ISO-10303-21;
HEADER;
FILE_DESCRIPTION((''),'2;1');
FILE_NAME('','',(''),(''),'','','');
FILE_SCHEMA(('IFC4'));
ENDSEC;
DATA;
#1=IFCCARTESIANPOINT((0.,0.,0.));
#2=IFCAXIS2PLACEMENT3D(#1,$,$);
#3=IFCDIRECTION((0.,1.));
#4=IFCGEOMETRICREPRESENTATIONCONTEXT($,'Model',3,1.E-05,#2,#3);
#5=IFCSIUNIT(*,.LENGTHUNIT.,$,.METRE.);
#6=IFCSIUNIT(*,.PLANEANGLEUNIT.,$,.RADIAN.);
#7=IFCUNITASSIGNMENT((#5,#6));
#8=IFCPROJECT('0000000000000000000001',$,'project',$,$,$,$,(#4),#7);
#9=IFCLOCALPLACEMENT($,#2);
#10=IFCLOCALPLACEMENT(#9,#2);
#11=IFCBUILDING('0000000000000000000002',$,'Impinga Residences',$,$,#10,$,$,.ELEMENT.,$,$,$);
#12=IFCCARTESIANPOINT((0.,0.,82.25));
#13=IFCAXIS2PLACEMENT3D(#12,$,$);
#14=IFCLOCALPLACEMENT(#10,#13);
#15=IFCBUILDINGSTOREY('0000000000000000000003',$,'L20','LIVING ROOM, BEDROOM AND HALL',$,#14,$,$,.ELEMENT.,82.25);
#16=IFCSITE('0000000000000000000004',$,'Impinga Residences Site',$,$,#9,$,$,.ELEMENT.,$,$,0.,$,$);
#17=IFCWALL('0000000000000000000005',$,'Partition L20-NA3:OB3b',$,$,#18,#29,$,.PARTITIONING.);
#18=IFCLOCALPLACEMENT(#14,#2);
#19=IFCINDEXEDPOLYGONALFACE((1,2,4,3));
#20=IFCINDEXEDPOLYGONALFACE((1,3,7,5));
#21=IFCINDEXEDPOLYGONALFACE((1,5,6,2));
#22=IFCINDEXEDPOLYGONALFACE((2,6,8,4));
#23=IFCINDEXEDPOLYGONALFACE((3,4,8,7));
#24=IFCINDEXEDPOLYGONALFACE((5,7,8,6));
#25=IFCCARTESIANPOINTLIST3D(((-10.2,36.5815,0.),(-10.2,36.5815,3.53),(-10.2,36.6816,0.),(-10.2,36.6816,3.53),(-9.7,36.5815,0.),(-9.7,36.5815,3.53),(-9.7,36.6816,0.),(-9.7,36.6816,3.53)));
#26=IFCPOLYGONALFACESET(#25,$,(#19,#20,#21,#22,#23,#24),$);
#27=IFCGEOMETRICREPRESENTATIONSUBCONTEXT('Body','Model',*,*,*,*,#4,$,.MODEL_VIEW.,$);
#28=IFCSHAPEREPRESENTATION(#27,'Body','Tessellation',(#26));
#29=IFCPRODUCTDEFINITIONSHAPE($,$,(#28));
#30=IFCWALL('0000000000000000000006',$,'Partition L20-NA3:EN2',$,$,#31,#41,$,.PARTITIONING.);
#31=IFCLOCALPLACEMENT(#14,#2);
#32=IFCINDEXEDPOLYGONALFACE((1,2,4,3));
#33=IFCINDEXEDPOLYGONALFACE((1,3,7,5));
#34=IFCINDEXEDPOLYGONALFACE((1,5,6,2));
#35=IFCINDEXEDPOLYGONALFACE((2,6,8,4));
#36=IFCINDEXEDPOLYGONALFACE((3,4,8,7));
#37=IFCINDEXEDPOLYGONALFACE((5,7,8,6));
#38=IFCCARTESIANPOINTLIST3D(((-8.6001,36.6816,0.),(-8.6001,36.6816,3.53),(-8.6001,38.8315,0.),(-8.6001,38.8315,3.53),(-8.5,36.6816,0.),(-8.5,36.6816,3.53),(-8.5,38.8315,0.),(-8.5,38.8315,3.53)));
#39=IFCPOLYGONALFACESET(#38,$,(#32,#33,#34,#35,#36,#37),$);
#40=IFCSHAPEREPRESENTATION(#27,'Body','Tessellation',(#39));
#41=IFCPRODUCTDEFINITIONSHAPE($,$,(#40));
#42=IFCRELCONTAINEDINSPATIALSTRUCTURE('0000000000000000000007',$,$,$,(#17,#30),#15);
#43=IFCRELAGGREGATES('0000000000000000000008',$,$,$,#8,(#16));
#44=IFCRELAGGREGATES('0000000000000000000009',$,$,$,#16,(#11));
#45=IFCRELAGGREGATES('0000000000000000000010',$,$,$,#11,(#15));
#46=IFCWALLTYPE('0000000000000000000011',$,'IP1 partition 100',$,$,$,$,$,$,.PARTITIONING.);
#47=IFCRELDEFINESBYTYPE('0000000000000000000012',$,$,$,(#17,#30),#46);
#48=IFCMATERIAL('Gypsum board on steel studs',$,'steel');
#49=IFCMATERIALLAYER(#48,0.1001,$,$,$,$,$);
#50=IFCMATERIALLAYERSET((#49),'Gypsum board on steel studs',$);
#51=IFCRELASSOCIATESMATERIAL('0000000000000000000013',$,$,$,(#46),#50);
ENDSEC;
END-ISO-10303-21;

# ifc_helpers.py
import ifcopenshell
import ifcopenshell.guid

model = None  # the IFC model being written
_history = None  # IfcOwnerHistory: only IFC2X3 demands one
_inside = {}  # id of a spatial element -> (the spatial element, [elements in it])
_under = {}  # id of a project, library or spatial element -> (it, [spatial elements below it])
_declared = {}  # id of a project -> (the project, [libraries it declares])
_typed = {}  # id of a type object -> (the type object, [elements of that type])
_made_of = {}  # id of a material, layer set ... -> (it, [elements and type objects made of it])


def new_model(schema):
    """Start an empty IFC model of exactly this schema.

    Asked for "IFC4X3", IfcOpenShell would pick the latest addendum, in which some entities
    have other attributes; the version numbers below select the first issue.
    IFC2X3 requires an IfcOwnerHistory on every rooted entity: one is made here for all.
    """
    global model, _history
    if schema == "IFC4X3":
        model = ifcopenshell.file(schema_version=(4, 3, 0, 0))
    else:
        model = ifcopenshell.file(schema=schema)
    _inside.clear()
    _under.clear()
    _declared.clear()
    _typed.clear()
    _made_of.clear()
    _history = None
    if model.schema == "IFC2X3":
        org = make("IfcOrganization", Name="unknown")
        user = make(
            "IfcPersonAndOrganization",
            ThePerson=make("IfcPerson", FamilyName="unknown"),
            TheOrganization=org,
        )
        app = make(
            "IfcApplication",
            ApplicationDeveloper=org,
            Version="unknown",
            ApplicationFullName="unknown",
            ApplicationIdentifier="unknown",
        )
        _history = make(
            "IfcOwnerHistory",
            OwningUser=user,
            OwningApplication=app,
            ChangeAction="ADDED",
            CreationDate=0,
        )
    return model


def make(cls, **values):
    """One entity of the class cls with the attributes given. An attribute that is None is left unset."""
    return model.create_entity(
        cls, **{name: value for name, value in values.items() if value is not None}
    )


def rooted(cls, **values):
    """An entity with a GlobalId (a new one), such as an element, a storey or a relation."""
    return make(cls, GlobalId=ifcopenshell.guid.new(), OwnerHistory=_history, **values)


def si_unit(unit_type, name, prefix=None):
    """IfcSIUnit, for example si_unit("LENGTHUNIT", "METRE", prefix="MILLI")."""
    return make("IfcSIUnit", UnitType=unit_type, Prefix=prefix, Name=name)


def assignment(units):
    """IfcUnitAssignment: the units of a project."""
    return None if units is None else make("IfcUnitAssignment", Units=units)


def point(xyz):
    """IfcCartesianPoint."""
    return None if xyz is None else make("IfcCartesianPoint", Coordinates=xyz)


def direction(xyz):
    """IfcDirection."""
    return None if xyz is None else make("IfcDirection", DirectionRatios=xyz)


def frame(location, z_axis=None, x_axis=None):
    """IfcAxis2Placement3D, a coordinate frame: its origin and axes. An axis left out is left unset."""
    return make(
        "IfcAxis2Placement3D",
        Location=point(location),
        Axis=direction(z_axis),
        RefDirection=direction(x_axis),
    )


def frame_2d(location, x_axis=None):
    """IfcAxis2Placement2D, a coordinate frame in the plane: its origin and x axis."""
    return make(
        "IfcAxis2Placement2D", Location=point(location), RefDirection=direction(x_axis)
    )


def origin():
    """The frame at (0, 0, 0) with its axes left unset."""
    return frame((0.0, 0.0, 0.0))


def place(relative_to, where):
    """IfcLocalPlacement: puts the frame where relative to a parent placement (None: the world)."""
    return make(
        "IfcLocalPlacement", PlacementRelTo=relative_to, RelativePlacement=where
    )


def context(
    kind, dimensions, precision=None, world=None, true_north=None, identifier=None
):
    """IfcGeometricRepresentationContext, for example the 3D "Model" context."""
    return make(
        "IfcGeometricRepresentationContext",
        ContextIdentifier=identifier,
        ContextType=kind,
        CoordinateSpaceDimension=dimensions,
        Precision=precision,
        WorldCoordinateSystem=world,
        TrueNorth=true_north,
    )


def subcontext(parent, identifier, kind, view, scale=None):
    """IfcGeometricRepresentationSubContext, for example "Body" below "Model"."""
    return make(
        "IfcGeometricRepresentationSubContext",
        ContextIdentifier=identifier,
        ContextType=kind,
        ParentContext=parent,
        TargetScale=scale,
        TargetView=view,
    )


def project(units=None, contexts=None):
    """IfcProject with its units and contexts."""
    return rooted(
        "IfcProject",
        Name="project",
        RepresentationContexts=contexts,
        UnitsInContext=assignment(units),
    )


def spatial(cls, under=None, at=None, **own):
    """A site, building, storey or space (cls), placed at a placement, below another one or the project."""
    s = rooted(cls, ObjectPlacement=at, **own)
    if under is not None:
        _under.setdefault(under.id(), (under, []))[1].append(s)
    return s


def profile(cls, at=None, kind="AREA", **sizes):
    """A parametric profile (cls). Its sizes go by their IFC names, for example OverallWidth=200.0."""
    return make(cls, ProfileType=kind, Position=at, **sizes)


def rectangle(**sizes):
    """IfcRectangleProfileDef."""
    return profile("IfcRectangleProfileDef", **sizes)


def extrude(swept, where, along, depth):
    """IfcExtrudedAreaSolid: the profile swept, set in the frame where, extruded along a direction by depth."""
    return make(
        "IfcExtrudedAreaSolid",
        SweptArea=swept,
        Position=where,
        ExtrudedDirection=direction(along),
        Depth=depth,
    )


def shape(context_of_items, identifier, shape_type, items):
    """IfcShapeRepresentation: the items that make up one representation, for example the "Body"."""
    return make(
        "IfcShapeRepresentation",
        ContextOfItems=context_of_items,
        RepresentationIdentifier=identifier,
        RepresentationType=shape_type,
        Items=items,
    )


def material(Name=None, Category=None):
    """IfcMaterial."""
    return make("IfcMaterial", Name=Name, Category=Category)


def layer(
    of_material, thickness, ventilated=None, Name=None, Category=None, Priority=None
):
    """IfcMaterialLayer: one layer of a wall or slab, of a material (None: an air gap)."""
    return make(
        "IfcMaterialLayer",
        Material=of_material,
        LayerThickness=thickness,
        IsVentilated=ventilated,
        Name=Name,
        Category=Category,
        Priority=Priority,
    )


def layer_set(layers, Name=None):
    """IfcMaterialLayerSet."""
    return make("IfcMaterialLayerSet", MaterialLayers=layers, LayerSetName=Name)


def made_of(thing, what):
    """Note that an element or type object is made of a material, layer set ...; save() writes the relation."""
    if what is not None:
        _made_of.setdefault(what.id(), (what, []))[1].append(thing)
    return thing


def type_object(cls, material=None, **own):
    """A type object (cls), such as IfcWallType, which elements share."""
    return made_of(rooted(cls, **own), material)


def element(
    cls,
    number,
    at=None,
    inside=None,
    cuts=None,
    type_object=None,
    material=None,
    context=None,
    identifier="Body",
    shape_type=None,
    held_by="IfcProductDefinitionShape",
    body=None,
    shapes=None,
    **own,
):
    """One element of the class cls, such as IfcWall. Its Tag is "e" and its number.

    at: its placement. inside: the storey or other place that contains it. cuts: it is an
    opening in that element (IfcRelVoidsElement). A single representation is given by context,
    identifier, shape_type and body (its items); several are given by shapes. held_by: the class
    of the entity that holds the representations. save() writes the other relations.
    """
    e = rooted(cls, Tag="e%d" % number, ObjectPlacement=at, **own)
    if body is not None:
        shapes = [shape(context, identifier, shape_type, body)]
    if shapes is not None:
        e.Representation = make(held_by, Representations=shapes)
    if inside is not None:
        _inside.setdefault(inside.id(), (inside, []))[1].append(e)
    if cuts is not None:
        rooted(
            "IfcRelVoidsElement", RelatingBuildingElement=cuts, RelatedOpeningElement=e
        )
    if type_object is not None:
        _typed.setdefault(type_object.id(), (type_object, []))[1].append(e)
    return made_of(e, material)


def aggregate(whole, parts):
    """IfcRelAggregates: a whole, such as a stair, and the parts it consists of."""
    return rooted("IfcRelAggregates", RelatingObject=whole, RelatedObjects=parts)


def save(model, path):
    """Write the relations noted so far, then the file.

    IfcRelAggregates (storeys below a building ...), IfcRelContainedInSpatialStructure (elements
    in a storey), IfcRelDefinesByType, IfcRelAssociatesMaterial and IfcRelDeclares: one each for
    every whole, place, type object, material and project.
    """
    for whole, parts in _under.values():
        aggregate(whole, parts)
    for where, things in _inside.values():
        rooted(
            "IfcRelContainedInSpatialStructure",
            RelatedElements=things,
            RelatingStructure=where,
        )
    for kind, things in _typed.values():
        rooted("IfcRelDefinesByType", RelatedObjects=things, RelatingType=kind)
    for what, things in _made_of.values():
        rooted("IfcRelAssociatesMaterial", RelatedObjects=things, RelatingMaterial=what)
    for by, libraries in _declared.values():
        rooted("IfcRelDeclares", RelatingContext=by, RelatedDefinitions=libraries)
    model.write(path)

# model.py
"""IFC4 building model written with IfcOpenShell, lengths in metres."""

from ifc_helpers import new_model, si_unit, direction, frame, frame_2d, origin, place, context, subcontext, project, spatial, rectangle, extrude, material, layer, layer_set, type_object, element, save


model = new_model("IFC4")

# Units and contexts
model_context = context("Model", 3, precision=1e-05, world=origin(), true_north=direction((0.0, 1.0)))
body_context = subcontext(model_context, "Body", "Model", "MODEL_VIEW")
ifc_project = project(units=[si_unit("LENGTHUNIT", "METRE"), si_unit("PLANEANGLEUNIT", "RADIAN")], contexts=[model_context])

# Site, building, storey
site_placement = place(None, origin())
site = spatial("IfcSite", under=ifc_project, at=site_placement, Name="Impinga Residences Site", CompositionType="ELEMENT", RefElevation=0.0)
building_placement = place(site_placement, origin())
building = spatial("IfcBuilding", under=site, at=building_placement, Name="Impinga Residences", CompositionType="ELEMENT")
storey_placement = place(building_placement, frame((0.0, 0.0, 82.25)))
storey = spatial("IfcBuildingStorey", under=building, at=storey_placement, Name="L20", Description="LIVING ROOM, BEDROOM AND HALL", CompositionType="ELEMENT", Elevation=82.25)

# Shared definitions
ifc_material_1 = material(Name="Gypsum board on steel studs", Category="steel")
ifc_layer_1 = layer(ifc_material_1, 0.1001)
ifc_layer_set_1 = layer_set([ifc_layer_1], Name="Gypsum board on steel studs")
wall_type_1 = type_object("IfcWallType", Name="IP1 partition 100", PredefinedType="PARTITIONING", material=ifc_layer_set_1)

# Walls
wall_1_placement = place(storey_placement, frame((-9.7, 36.6316, 0.0), z_axis=(0.0, 0.0, 1.0), x_axis=(-1.0, 0.0, 0.0)))
element("IfcWall", 1, at=wall_1_placement, inside=storey, type_object=wall_type_1, Name="Partition L20-NA3:OB3b", PredefinedType="PARTITIONING", context=body_context, shape_type="SweptSolid", body=[
    extrude(rectangle(XDim=0.5, YDim=0.1001, at=frame_2d((0.25, 0.0))), origin(), (0.0, 0.0, 1.0), 3.53),
])
wall_2_placement = place(storey_placement, frame((-8.55, 36.6816, 0.0), z_axis=(0.0, 0.0, 1.0), x_axis=(0.0, 1.0, 0.0)))
element("IfcWall", 2, at=wall_2_placement, inside=storey, type_object=wall_type_1, Name="Partition L20-NA3:EN2", PredefinedType="PARTITIONING", context=body_context, shape_type="SweptSolid", body=[
    extrude(rectangle(XDim=2.1499, YDim=0.1001, at=frame_2d((1.075, 0.0))), origin(), (0.0, 0.0, 1.0), 3.53),
])

save(model, "model.ifc")
